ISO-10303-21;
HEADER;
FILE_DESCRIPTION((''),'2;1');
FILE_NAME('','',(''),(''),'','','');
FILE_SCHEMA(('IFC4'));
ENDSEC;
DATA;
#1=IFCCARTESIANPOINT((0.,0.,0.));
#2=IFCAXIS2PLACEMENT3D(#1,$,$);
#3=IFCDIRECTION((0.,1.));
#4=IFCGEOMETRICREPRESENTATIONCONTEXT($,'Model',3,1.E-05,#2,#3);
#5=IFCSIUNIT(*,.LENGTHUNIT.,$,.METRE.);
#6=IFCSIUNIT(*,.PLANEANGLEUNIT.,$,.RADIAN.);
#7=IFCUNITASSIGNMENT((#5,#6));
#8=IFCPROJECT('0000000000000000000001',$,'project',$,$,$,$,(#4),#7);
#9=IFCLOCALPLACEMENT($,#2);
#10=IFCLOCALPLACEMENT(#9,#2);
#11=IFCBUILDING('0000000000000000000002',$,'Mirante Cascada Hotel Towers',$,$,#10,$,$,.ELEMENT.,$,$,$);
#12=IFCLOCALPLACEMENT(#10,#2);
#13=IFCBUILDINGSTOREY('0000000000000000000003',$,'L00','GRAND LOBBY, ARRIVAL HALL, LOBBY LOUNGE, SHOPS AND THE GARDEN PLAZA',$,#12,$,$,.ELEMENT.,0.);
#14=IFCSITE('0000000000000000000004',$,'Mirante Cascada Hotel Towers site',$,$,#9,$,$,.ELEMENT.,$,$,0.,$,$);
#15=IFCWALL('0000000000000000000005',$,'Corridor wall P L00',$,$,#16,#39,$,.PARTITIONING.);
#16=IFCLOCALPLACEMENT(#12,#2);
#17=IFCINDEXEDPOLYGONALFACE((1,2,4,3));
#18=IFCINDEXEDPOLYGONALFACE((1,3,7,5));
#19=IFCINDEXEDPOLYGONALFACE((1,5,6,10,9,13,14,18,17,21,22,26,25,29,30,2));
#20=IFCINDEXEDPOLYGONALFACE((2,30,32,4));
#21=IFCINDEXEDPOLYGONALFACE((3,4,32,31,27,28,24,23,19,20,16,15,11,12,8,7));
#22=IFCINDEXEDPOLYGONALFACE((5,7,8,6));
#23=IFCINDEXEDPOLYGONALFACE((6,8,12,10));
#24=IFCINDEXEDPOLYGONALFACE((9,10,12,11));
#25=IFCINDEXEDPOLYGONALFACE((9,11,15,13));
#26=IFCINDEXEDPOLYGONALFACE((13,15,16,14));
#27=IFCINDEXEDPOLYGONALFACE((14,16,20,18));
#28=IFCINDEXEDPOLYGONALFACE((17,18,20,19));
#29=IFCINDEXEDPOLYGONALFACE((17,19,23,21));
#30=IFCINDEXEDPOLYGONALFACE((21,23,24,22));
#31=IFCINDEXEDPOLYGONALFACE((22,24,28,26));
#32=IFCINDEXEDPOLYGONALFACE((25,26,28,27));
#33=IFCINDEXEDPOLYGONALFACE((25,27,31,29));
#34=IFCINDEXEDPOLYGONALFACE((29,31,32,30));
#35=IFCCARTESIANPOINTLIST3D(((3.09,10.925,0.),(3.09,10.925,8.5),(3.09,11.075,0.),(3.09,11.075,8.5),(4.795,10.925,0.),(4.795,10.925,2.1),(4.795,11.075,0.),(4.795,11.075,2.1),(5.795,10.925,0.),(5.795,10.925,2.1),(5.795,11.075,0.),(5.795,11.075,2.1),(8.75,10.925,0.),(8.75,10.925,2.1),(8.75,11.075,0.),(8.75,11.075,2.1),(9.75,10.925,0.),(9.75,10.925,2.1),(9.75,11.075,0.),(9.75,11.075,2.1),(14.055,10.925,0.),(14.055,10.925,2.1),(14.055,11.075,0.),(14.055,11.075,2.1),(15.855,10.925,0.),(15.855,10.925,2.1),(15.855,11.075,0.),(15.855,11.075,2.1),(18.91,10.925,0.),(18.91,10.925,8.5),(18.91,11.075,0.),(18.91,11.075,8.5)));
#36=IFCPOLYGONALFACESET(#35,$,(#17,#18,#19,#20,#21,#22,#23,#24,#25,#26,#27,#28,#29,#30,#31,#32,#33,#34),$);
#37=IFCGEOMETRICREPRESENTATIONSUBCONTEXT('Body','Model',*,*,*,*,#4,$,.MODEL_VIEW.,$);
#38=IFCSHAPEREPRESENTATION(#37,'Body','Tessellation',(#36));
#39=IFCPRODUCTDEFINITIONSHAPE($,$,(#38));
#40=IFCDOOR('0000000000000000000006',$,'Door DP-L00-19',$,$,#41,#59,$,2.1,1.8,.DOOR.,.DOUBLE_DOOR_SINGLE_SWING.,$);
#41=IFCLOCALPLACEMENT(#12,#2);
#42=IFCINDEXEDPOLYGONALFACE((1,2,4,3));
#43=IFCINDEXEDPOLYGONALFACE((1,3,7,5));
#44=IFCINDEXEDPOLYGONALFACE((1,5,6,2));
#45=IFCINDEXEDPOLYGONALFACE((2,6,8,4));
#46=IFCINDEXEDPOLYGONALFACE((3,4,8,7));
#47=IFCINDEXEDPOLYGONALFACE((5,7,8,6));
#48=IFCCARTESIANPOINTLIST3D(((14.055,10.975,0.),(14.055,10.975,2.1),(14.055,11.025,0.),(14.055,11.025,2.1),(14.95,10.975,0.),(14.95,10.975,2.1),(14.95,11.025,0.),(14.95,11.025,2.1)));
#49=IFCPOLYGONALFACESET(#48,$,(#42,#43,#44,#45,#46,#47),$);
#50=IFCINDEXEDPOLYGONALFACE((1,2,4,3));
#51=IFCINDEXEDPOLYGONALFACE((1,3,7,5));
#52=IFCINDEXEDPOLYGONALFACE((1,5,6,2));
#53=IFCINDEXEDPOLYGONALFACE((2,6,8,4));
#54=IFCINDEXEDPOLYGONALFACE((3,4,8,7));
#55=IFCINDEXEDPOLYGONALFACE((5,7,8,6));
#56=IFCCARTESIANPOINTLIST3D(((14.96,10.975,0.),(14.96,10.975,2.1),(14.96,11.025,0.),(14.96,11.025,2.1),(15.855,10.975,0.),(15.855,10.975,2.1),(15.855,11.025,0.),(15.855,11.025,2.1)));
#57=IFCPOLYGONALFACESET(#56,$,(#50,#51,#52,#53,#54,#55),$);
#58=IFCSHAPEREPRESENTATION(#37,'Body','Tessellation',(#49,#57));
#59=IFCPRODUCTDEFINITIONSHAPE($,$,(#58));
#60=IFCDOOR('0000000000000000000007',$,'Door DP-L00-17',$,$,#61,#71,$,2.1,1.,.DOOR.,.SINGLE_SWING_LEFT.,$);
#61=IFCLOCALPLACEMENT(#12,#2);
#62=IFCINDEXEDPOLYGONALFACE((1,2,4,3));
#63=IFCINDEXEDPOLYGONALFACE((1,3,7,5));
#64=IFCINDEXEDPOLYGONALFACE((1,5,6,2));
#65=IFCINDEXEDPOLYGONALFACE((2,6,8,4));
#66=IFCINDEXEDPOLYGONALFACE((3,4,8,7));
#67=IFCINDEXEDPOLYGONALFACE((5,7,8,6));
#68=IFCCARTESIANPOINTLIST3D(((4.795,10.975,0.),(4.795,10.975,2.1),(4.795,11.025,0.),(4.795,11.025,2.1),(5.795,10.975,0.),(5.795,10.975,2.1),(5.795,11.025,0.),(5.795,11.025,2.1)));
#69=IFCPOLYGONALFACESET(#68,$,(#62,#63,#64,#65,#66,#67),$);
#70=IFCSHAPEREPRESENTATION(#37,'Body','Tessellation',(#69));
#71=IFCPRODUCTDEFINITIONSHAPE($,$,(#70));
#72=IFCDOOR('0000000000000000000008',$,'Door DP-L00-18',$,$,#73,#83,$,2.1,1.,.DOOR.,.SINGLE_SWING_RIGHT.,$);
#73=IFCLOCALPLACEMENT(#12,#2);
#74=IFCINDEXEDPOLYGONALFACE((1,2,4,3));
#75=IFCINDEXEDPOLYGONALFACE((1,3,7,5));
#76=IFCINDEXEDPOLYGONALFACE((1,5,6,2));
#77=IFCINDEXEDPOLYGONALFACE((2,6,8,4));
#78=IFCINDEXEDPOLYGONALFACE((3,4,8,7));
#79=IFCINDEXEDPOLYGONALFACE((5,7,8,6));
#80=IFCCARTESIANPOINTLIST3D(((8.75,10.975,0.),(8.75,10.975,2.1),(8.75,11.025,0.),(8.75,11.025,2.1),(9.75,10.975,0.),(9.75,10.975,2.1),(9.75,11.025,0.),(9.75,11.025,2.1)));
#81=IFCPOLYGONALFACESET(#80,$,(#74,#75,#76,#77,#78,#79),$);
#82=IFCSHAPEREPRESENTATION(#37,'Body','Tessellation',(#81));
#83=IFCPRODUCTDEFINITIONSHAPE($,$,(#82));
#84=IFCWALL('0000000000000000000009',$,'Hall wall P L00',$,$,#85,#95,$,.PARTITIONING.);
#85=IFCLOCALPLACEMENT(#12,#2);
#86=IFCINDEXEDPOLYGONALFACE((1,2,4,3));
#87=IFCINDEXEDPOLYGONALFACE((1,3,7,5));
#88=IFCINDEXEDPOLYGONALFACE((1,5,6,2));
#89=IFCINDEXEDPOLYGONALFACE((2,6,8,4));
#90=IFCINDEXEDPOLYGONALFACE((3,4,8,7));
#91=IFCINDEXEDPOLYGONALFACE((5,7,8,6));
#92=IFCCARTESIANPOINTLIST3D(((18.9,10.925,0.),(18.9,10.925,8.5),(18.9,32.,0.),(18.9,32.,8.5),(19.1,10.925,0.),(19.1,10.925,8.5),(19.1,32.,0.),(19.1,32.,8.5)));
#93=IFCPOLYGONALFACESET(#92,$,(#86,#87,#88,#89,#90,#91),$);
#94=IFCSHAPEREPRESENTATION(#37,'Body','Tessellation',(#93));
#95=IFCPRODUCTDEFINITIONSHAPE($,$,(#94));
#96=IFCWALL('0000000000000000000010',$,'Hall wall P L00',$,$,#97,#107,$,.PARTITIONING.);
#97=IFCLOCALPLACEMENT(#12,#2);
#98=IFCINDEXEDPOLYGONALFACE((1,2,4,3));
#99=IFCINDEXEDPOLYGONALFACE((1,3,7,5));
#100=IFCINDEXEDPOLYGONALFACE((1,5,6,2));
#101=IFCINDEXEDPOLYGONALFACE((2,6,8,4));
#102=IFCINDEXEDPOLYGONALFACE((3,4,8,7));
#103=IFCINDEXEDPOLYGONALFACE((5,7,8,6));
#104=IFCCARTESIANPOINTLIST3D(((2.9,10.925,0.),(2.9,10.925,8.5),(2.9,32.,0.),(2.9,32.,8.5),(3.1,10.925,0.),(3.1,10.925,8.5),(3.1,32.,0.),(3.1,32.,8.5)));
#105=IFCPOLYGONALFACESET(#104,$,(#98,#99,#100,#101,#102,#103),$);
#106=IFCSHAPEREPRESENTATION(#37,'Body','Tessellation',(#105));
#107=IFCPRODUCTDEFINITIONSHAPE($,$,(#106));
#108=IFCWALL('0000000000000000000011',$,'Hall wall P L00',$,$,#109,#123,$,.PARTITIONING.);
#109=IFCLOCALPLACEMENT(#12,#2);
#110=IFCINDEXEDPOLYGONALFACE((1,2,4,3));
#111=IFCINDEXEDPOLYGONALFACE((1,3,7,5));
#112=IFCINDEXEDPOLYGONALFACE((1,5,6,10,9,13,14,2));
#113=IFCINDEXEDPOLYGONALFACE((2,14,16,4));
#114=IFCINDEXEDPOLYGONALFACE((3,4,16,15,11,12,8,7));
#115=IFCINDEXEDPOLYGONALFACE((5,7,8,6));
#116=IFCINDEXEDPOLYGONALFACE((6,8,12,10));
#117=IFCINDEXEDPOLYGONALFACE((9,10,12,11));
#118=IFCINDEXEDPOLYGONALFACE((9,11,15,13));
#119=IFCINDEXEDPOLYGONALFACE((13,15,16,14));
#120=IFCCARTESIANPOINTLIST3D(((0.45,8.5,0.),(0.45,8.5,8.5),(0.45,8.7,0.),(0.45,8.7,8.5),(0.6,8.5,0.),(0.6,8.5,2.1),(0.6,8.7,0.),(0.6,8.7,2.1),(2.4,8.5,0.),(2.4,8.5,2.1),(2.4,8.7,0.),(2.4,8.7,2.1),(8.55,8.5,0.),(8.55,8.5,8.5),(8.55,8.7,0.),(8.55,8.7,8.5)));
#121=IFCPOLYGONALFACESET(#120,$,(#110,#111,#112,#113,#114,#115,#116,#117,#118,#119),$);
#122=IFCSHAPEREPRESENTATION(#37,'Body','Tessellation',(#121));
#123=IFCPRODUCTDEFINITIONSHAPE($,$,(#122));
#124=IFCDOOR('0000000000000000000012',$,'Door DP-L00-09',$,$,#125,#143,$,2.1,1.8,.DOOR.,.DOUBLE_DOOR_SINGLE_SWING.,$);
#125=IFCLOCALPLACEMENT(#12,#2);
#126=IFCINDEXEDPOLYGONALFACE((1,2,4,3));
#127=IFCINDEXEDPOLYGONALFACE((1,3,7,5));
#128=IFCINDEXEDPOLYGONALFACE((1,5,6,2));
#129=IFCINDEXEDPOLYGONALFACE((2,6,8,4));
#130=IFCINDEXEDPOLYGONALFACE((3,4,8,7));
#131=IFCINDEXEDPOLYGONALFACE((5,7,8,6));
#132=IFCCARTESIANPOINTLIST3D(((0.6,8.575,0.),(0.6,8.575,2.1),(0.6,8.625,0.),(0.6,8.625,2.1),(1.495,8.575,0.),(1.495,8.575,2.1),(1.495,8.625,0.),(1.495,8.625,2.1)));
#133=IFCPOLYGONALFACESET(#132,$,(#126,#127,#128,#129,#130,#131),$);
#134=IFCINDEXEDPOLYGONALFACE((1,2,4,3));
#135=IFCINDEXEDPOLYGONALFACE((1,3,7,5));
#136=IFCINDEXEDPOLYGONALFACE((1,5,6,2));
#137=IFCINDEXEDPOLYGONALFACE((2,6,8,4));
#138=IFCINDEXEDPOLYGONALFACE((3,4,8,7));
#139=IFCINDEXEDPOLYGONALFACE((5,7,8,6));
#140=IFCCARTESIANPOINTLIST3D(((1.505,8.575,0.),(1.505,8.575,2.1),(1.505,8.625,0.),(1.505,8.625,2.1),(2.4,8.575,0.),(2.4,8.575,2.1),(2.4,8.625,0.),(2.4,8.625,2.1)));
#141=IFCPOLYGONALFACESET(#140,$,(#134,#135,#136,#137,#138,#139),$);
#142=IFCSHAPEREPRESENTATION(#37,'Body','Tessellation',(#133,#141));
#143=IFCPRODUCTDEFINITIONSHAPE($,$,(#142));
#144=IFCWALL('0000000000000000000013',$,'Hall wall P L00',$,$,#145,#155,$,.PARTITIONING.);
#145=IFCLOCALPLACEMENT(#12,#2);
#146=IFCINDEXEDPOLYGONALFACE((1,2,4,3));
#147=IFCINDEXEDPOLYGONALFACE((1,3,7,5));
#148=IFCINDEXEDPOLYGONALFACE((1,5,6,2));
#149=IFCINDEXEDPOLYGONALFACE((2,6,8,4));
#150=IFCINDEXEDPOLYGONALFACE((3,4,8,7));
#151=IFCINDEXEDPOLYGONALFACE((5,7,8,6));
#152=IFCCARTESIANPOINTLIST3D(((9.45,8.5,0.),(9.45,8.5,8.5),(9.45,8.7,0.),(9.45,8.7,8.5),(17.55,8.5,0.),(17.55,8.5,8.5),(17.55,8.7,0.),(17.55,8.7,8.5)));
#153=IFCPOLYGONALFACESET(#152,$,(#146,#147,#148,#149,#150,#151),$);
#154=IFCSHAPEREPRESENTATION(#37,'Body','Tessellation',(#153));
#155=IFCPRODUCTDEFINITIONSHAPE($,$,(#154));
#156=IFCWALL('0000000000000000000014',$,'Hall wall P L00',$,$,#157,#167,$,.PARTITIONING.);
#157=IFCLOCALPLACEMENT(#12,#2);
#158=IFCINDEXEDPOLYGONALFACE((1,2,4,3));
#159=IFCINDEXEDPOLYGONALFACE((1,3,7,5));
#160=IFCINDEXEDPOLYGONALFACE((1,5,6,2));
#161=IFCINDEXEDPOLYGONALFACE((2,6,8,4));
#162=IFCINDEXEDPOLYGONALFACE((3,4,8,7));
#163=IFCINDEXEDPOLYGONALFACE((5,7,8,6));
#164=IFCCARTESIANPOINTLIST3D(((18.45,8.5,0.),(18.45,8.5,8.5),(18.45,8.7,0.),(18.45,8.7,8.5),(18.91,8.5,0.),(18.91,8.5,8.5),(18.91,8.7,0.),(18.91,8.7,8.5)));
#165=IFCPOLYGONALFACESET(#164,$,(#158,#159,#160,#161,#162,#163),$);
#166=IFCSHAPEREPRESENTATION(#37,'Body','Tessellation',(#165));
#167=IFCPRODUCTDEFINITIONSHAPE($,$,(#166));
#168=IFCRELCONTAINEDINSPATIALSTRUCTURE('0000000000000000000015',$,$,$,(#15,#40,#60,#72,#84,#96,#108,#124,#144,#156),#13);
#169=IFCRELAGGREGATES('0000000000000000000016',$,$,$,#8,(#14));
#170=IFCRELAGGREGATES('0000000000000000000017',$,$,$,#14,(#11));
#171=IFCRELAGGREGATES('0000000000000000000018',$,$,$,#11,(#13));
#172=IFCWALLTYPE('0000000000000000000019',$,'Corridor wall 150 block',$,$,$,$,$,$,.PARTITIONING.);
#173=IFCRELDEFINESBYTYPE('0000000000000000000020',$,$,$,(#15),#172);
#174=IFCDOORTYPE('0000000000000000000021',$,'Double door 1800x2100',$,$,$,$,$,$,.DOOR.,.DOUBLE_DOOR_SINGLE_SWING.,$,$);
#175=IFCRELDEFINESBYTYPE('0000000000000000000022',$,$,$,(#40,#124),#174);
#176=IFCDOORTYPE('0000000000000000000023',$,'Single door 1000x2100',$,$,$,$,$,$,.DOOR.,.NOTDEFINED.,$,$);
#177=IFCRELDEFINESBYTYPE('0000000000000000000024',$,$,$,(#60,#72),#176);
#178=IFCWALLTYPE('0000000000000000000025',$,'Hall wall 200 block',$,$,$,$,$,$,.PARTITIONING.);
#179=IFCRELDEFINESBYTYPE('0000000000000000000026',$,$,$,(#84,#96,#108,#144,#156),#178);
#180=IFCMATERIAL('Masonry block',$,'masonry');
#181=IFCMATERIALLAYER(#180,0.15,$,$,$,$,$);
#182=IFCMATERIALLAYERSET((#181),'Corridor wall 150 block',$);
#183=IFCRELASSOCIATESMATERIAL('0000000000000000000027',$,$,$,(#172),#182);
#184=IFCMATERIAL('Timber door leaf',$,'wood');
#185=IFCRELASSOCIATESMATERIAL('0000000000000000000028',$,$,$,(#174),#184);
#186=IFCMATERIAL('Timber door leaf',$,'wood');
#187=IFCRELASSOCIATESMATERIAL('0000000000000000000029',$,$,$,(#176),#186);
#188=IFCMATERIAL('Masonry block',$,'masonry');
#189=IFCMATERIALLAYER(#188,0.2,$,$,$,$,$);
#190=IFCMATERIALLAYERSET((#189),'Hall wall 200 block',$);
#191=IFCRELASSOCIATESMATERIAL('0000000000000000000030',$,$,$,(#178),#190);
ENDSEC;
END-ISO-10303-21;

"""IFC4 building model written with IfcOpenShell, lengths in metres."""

from ifc_helpers import new_model, si_unit, direction, frame, frame_2d, origin, place, context, subcontext, project, spatial, rectangle, extrude, material, layer, layer_set, type_object, element, fill, save


model = new_model("IFC4")

# Units and contexts
model_context = context("Model", 3, precision=1e-05, world=origin(), true_north=direction((0.0, 1.0)))
body_context = subcontext(model_context, "Body", "Model", "MODEL_VIEW")
ifc_project = project(units=[si_unit("LENGTHUNIT", "METRE"), si_unit("PLANEANGLEUNIT", "RADIAN")], contexts=[model_context])

# Site, building, storey
site_placement = place(None, origin())
site = spatial("IfcSite", under=ifc_project, at=site_placement, Name="Mirante Cascada Hotel Towers site", CompositionType="ELEMENT", RefElevation=0.0)
building_placement = place(site_placement, origin())
building = spatial("IfcBuilding", under=site, at=building_placement, Name="Mirante Cascada Hotel Towers", CompositionType="ELEMENT")
storey_placement = place(building_placement, origin())
storey = spatial("IfcBuildingStorey", under=building, at=storey_placement, Name="L00", Description="GRAND LOBBY, ARRIVAL HALL, LOBBY LOUNGE, SHOPS AND THE GARDEN PLAZA", CompositionType="ELEMENT", Elevation=0.0)

# Wall, openings, doors
ifc_material_1 = material(Name="Masonry block", Category="masonry")
ifc_layer_1 = layer(ifc_material_1, 0.15)
ifc_layer_set_1 = layer_set([ifc_layer_1], Name="Corridor wall 150 block")
wall_type_1 = type_object("IfcWallType", Name="Corridor wall 150 block", PredefinedType="PARTITIONING", material=ifc_layer_set_1)
wall_1_placement = place(storey_placement, frame((3.09, 11.0, 0.0), z_axis=(0.0, 0.0, 1.0), x_axis=(1.0, 0.0, 0.0)))
wall_1 = element("IfcWall", 1, at=wall_1_placement, inside=storey, type_object=wall_type_1, Name="Corridor wall P L00", PredefinedType="PARTITIONING", context=body_context, shape_type="SweptSolid", body=[
    extrude(rectangle(XDim=15.82, YDim=0.15, at=frame_2d((7.91, 0.0))), origin(), (0.0, 0.0, 1.0), 8.5),
])
opening_1_placement = place(wall_1_placement, frame((1.705, 0.0, 0.0)))
opening_1 = element("IfcOpeningElement", 2, at=opening_1_placement, cuts=wall_1, PredefinedType="OPENING", context=body_context, shape_type="SweptSolid", body=[
    extrude(rectangle(XDim=1.0, YDim=2.1, at=frame_2d((0.5, 1.05))), frame((0.0, 0.075, 0.0), z_axis=(0.0, -1.0, 0.0), x_axis=(1.0, 0.0, 0.0)), (0.0, 0.0, 1.0), 0.15),
])
opening_2_placement = place(wall_1_placement, frame((5.66, 0.0, 0.0)))
opening_2 = element("IfcOpeningElement", 3, at=opening_2_placement, cuts=wall_1, PredefinedType="OPENING", context=body_context, shape_type="SweptSolid", body=[
    extrude(rectangle(XDim=1.0, YDim=2.1, at=frame_2d((0.5, 1.05))), frame((0.0, 0.075, 0.0), z_axis=(0.0, -1.0, 0.0), x_axis=(1.0, 0.0, 0.0)), (0.0, 0.0, 1.0), 0.15),
])
opening_3_placement = place(wall_1_placement, frame((10.965, 0.0, 0.0)))
opening_3 = element("IfcOpeningElement", 4, at=opening_3_placement, cuts=wall_1, PredefinedType="OPENING", context=body_context, shape_type="SweptSolid", body=[
    extrude(rectangle(XDim=1.8, YDim=2.1, at=frame_2d((0.9, 1.05))), frame((0.0, 0.075, 0.0), z_axis=(0.0, -1.0, 0.0), x_axis=(1.0, 0.0, 0.0)), (0.0, 0.0, 1.0), 0.15),
])
ifc_material_2 = material(Name="Timber door leaf", Category="wood")
door_type_1 = type_object("IfcDoorType", Name="Double door 1800x2100", OperationType="DOUBLE_DOOR_SINGLE_SWING", PredefinedType="DOOR", material=ifc_material_2)
door_1_placement = place(opening_3_placement, origin())
door_1 = element("IfcDoor", 5, at=door_1_placement, inside=storey, type_object=door_type_1, Name="Door DP-L00-19", OperationType="DOUBLE_DOOR_SINGLE_SWING", OverallHeight=2.1, OverallWidth=1.8, PredefinedType="DOOR", context=body_context, shape_type="SweptSolid", body=[
    extrude(rectangle(XDim=0.895, YDim=2.1, at=frame_2d((0.4475, 1.05))), frame((0.0, 0.025, 0.0), z_axis=(0.0, -1.0, 0.0), x_axis=(1.0, 0.0, 0.0)), (0.0, 0.0, 1.0), 0.05),
    extrude(rectangle(XDim=0.895, YDim=2.1, at=frame_2d((1.3525, 1.05))), frame((0.0, 0.025, 0.0), z_axis=(0.0, -1.0, 0.0), x_axis=(1.0, 0.0, 0.0)), (0.0, 0.0, 1.0), 0.05),
])
fill(opening_3, door_1)
ifc_material_3 = material(Name="Timber door leaf", Category="wood")
door_type_2 = type_object("IfcDoorType", Name="Single door 1000x2100", OperationType="NOTDEFINED", PredefinedType="DOOR", material=ifc_material_3)
door_2_placement = place(opening_1_placement, origin())
door_2 = element("IfcDoor", 6, at=door_2_placement, inside=storey, type_object=door_type_2, Name="Door DP-L00-17", OperationType="SINGLE_SWING_LEFT", OverallHeight=2.1, OverallWidth=1.0, PredefinedType="DOOR", context=body_context, shape_type="SweptSolid", body=[
    extrude(rectangle(XDim=1.0, YDim=2.1, at=frame_2d((0.5, 1.05))), frame((0.0, 0.025, 0.0), z_axis=(0.0, -1.0, 0.0), x_axis=(1.0, 0.0, 0.0)), (0.0, 0.0, 1.0), 0.05),
])
fill(opening_1, door_2)
door_3_placement = place(opening_2_placement, origin())
door_3 = element("IfcDoor", 7, at=door_3_placement, inside=storey, type_object=door_type_2, Name="Door DP-L00-18", OperationType="SINGLE_SWING_RIGHT", OverallHeight=2.1, OverallWidth=1.0, PredefinedType="DOOR", context=body_context, shape_type="SweptSolid", body=[
    extrude(rectangle(XDim=1.0, YDim=2.1, at=frame_2d((0.5, 1.05))), frame((0.0, 0.025, 0.0), z_axis=(0.0, -1.0, 0.0), x_axis=(1.0, 0.0, 0.0)), (0.0, 0.0, 1.0), 0.05),
])
fill(opening_2, door_3)

# Walls
ifc_material_4 = material(Name="Masonry block", Category="masonry")
ifc_layer_2 = layer(ifc_material_4, 0.2)
ifc_layer_set_2 = layer_set([ifc_layer_2], Name="Hall wall 200 block")
wall_type_2 = type_object("IfcWallType", Name="Hall wall 200 block", PredefinedType="PARTITIONING", material=ifc_layer_set_2)
for number, where, z_axis, x_axis, name in (
    (8, (19.0, 10.925, 0.0), (0.0, 0.0, 1.0), (0.0, 1.0, 0.0), "Hall wall P L00"),
    (9, (3.0, 10.925, 0.0), (0.0, 0.0, 1.0), (0.0, 1.0, 0.0), "Hall wall P L00"),
):
    element("IfcWall", number, at=place(storey_placement, frame(where, z_axis=z_axis, x_axis=x_axis)), inside=storey, type_object=wall_type_2, Name=name, PredefinedType="PARTITIONING", context=body_context, shape_type="SweptSolid", body=[
        extrude(rectangle(XDim=21.075, YDim=0.2, at=frame_2d((10.5375, 0.0))), origin(), (0.0, 0.0, 1.0), 8.5),
    ])

# Wall, opening, door
wall_2_placement = place(storey_placement, frame((0.45, 8.6, 0.0), z_axis=(0.0, 0.0, 1.0), x_axis=(1.0, 0.0, 0.0)))
wall_2 = element("IfcWall", 10, at=wall_2_placement, inside=storey, type_object=wall_type_2, Name="Hall wall P L00", PredefinedType="PARTITIONING", context=body_context, shape_type="SweptSolid", body=[
    extrude(rectangle(XDim=8.1, YDim=0.2, at=frame_2d((4.05, 0.0))), origin(), (0.0, 0.0, 1.0), 8.5),
])
opening_4_placement = place(wall_2_placement, frame((0.15, 0.0, 0.0)))
opening_4 = element("IfcOpeningElement", 11, at=opening_4_placement, cuts=wall_2, PredefinedType="OPENING", context=body_context, shape_type="SweptSolid", body=[
    extrude(rectangle(XDim=1.8, YDim=2.1, at=frame_2d((0.9, 1.05))), frame((0.0, 0.1, 0.0), z_axis=(0.0, -1.0, 0.0), x_axis=(1.0, 0.0, 0.0)), (0.0, 0.0, 1.0), 0.2),
])
door_4_placement = place(opening_4_placement, origin())
door_4 = element("IfcDoor", 12, at=door_4_placement, inside=storey, type_object=door_type_1, Name="Door DP-L00-09", OperationType="DOUBLE_DOOR_SINGLE_SWING", OverallHeight=2.1, OverallWidth=1.8, PredefinedType="DOOR", context=body_context, shape_type="SweptSolid", body=[
    extrude(rectangle(XDim=0.895, YDim=2.1, at=frame_2d((0.4475, 1.05))), frame((0.0, 0.025, 0.0), z_axis=(0.0, -1.0, 0.0), x_axis=(1.0, 0.0, 0.0)), (0.0, 0.0, 1.0), 0.05),
    extrude(rectangle(XDim=0.895, YDim=2.1, at=frame_2d((1.3525, 1.05))), frame((0.0, 0.025, 0.0), z_axis=(0.0, -1.0, 0.0), x_axis=(1.0, 0.0, 0.0)), (0.0, 0.0, 1.0), 0.05),
])
fill(opening_4, door_4)

# Walls
wall_3_placement = place(storey_placement, frame((9.45, 8.6, 0.0), z_axis=(0.0, 0.0, 1.0), x_axis=(1.0, 0.0, 0.0)))
element("IfcWall", 13, at=wall_3_placement, inside=storey, type_object=wall_type_2, Name="Hall wall P L00", PredefinedType="PARTITIONING", context=body_context, shape_type="SweptSolid", body=[
    extrude(rectangle(XDim=8.1, YDim=0.2, at=frame_2d((4.05, 0.0))), origin(), (0.0, 0.0, 1.0), 8.5),
])
wall_4_placement = place(storey_placement, frame((18.45, 8.6, 0.0), z_axis=(0.0, 0.0, 1.0), x_axis=(1.0, 0.0, 0.0)))
element("IfcWall", 14, at=wall_4_placement, inside=storey, type_object=wall_type_2, Name="Hall wall P L00", PredefinedType="PARTITIONING", context=body_context, shape_type="SweptSolid", body=[
    extrude(rectangle(XDim=0.46, YDim=0.2, at=frame_2d((0.23, 0.0))), origin(), (0.0, 0.0, 1.0), 8.5),
])

save(model, "model.ifc")
